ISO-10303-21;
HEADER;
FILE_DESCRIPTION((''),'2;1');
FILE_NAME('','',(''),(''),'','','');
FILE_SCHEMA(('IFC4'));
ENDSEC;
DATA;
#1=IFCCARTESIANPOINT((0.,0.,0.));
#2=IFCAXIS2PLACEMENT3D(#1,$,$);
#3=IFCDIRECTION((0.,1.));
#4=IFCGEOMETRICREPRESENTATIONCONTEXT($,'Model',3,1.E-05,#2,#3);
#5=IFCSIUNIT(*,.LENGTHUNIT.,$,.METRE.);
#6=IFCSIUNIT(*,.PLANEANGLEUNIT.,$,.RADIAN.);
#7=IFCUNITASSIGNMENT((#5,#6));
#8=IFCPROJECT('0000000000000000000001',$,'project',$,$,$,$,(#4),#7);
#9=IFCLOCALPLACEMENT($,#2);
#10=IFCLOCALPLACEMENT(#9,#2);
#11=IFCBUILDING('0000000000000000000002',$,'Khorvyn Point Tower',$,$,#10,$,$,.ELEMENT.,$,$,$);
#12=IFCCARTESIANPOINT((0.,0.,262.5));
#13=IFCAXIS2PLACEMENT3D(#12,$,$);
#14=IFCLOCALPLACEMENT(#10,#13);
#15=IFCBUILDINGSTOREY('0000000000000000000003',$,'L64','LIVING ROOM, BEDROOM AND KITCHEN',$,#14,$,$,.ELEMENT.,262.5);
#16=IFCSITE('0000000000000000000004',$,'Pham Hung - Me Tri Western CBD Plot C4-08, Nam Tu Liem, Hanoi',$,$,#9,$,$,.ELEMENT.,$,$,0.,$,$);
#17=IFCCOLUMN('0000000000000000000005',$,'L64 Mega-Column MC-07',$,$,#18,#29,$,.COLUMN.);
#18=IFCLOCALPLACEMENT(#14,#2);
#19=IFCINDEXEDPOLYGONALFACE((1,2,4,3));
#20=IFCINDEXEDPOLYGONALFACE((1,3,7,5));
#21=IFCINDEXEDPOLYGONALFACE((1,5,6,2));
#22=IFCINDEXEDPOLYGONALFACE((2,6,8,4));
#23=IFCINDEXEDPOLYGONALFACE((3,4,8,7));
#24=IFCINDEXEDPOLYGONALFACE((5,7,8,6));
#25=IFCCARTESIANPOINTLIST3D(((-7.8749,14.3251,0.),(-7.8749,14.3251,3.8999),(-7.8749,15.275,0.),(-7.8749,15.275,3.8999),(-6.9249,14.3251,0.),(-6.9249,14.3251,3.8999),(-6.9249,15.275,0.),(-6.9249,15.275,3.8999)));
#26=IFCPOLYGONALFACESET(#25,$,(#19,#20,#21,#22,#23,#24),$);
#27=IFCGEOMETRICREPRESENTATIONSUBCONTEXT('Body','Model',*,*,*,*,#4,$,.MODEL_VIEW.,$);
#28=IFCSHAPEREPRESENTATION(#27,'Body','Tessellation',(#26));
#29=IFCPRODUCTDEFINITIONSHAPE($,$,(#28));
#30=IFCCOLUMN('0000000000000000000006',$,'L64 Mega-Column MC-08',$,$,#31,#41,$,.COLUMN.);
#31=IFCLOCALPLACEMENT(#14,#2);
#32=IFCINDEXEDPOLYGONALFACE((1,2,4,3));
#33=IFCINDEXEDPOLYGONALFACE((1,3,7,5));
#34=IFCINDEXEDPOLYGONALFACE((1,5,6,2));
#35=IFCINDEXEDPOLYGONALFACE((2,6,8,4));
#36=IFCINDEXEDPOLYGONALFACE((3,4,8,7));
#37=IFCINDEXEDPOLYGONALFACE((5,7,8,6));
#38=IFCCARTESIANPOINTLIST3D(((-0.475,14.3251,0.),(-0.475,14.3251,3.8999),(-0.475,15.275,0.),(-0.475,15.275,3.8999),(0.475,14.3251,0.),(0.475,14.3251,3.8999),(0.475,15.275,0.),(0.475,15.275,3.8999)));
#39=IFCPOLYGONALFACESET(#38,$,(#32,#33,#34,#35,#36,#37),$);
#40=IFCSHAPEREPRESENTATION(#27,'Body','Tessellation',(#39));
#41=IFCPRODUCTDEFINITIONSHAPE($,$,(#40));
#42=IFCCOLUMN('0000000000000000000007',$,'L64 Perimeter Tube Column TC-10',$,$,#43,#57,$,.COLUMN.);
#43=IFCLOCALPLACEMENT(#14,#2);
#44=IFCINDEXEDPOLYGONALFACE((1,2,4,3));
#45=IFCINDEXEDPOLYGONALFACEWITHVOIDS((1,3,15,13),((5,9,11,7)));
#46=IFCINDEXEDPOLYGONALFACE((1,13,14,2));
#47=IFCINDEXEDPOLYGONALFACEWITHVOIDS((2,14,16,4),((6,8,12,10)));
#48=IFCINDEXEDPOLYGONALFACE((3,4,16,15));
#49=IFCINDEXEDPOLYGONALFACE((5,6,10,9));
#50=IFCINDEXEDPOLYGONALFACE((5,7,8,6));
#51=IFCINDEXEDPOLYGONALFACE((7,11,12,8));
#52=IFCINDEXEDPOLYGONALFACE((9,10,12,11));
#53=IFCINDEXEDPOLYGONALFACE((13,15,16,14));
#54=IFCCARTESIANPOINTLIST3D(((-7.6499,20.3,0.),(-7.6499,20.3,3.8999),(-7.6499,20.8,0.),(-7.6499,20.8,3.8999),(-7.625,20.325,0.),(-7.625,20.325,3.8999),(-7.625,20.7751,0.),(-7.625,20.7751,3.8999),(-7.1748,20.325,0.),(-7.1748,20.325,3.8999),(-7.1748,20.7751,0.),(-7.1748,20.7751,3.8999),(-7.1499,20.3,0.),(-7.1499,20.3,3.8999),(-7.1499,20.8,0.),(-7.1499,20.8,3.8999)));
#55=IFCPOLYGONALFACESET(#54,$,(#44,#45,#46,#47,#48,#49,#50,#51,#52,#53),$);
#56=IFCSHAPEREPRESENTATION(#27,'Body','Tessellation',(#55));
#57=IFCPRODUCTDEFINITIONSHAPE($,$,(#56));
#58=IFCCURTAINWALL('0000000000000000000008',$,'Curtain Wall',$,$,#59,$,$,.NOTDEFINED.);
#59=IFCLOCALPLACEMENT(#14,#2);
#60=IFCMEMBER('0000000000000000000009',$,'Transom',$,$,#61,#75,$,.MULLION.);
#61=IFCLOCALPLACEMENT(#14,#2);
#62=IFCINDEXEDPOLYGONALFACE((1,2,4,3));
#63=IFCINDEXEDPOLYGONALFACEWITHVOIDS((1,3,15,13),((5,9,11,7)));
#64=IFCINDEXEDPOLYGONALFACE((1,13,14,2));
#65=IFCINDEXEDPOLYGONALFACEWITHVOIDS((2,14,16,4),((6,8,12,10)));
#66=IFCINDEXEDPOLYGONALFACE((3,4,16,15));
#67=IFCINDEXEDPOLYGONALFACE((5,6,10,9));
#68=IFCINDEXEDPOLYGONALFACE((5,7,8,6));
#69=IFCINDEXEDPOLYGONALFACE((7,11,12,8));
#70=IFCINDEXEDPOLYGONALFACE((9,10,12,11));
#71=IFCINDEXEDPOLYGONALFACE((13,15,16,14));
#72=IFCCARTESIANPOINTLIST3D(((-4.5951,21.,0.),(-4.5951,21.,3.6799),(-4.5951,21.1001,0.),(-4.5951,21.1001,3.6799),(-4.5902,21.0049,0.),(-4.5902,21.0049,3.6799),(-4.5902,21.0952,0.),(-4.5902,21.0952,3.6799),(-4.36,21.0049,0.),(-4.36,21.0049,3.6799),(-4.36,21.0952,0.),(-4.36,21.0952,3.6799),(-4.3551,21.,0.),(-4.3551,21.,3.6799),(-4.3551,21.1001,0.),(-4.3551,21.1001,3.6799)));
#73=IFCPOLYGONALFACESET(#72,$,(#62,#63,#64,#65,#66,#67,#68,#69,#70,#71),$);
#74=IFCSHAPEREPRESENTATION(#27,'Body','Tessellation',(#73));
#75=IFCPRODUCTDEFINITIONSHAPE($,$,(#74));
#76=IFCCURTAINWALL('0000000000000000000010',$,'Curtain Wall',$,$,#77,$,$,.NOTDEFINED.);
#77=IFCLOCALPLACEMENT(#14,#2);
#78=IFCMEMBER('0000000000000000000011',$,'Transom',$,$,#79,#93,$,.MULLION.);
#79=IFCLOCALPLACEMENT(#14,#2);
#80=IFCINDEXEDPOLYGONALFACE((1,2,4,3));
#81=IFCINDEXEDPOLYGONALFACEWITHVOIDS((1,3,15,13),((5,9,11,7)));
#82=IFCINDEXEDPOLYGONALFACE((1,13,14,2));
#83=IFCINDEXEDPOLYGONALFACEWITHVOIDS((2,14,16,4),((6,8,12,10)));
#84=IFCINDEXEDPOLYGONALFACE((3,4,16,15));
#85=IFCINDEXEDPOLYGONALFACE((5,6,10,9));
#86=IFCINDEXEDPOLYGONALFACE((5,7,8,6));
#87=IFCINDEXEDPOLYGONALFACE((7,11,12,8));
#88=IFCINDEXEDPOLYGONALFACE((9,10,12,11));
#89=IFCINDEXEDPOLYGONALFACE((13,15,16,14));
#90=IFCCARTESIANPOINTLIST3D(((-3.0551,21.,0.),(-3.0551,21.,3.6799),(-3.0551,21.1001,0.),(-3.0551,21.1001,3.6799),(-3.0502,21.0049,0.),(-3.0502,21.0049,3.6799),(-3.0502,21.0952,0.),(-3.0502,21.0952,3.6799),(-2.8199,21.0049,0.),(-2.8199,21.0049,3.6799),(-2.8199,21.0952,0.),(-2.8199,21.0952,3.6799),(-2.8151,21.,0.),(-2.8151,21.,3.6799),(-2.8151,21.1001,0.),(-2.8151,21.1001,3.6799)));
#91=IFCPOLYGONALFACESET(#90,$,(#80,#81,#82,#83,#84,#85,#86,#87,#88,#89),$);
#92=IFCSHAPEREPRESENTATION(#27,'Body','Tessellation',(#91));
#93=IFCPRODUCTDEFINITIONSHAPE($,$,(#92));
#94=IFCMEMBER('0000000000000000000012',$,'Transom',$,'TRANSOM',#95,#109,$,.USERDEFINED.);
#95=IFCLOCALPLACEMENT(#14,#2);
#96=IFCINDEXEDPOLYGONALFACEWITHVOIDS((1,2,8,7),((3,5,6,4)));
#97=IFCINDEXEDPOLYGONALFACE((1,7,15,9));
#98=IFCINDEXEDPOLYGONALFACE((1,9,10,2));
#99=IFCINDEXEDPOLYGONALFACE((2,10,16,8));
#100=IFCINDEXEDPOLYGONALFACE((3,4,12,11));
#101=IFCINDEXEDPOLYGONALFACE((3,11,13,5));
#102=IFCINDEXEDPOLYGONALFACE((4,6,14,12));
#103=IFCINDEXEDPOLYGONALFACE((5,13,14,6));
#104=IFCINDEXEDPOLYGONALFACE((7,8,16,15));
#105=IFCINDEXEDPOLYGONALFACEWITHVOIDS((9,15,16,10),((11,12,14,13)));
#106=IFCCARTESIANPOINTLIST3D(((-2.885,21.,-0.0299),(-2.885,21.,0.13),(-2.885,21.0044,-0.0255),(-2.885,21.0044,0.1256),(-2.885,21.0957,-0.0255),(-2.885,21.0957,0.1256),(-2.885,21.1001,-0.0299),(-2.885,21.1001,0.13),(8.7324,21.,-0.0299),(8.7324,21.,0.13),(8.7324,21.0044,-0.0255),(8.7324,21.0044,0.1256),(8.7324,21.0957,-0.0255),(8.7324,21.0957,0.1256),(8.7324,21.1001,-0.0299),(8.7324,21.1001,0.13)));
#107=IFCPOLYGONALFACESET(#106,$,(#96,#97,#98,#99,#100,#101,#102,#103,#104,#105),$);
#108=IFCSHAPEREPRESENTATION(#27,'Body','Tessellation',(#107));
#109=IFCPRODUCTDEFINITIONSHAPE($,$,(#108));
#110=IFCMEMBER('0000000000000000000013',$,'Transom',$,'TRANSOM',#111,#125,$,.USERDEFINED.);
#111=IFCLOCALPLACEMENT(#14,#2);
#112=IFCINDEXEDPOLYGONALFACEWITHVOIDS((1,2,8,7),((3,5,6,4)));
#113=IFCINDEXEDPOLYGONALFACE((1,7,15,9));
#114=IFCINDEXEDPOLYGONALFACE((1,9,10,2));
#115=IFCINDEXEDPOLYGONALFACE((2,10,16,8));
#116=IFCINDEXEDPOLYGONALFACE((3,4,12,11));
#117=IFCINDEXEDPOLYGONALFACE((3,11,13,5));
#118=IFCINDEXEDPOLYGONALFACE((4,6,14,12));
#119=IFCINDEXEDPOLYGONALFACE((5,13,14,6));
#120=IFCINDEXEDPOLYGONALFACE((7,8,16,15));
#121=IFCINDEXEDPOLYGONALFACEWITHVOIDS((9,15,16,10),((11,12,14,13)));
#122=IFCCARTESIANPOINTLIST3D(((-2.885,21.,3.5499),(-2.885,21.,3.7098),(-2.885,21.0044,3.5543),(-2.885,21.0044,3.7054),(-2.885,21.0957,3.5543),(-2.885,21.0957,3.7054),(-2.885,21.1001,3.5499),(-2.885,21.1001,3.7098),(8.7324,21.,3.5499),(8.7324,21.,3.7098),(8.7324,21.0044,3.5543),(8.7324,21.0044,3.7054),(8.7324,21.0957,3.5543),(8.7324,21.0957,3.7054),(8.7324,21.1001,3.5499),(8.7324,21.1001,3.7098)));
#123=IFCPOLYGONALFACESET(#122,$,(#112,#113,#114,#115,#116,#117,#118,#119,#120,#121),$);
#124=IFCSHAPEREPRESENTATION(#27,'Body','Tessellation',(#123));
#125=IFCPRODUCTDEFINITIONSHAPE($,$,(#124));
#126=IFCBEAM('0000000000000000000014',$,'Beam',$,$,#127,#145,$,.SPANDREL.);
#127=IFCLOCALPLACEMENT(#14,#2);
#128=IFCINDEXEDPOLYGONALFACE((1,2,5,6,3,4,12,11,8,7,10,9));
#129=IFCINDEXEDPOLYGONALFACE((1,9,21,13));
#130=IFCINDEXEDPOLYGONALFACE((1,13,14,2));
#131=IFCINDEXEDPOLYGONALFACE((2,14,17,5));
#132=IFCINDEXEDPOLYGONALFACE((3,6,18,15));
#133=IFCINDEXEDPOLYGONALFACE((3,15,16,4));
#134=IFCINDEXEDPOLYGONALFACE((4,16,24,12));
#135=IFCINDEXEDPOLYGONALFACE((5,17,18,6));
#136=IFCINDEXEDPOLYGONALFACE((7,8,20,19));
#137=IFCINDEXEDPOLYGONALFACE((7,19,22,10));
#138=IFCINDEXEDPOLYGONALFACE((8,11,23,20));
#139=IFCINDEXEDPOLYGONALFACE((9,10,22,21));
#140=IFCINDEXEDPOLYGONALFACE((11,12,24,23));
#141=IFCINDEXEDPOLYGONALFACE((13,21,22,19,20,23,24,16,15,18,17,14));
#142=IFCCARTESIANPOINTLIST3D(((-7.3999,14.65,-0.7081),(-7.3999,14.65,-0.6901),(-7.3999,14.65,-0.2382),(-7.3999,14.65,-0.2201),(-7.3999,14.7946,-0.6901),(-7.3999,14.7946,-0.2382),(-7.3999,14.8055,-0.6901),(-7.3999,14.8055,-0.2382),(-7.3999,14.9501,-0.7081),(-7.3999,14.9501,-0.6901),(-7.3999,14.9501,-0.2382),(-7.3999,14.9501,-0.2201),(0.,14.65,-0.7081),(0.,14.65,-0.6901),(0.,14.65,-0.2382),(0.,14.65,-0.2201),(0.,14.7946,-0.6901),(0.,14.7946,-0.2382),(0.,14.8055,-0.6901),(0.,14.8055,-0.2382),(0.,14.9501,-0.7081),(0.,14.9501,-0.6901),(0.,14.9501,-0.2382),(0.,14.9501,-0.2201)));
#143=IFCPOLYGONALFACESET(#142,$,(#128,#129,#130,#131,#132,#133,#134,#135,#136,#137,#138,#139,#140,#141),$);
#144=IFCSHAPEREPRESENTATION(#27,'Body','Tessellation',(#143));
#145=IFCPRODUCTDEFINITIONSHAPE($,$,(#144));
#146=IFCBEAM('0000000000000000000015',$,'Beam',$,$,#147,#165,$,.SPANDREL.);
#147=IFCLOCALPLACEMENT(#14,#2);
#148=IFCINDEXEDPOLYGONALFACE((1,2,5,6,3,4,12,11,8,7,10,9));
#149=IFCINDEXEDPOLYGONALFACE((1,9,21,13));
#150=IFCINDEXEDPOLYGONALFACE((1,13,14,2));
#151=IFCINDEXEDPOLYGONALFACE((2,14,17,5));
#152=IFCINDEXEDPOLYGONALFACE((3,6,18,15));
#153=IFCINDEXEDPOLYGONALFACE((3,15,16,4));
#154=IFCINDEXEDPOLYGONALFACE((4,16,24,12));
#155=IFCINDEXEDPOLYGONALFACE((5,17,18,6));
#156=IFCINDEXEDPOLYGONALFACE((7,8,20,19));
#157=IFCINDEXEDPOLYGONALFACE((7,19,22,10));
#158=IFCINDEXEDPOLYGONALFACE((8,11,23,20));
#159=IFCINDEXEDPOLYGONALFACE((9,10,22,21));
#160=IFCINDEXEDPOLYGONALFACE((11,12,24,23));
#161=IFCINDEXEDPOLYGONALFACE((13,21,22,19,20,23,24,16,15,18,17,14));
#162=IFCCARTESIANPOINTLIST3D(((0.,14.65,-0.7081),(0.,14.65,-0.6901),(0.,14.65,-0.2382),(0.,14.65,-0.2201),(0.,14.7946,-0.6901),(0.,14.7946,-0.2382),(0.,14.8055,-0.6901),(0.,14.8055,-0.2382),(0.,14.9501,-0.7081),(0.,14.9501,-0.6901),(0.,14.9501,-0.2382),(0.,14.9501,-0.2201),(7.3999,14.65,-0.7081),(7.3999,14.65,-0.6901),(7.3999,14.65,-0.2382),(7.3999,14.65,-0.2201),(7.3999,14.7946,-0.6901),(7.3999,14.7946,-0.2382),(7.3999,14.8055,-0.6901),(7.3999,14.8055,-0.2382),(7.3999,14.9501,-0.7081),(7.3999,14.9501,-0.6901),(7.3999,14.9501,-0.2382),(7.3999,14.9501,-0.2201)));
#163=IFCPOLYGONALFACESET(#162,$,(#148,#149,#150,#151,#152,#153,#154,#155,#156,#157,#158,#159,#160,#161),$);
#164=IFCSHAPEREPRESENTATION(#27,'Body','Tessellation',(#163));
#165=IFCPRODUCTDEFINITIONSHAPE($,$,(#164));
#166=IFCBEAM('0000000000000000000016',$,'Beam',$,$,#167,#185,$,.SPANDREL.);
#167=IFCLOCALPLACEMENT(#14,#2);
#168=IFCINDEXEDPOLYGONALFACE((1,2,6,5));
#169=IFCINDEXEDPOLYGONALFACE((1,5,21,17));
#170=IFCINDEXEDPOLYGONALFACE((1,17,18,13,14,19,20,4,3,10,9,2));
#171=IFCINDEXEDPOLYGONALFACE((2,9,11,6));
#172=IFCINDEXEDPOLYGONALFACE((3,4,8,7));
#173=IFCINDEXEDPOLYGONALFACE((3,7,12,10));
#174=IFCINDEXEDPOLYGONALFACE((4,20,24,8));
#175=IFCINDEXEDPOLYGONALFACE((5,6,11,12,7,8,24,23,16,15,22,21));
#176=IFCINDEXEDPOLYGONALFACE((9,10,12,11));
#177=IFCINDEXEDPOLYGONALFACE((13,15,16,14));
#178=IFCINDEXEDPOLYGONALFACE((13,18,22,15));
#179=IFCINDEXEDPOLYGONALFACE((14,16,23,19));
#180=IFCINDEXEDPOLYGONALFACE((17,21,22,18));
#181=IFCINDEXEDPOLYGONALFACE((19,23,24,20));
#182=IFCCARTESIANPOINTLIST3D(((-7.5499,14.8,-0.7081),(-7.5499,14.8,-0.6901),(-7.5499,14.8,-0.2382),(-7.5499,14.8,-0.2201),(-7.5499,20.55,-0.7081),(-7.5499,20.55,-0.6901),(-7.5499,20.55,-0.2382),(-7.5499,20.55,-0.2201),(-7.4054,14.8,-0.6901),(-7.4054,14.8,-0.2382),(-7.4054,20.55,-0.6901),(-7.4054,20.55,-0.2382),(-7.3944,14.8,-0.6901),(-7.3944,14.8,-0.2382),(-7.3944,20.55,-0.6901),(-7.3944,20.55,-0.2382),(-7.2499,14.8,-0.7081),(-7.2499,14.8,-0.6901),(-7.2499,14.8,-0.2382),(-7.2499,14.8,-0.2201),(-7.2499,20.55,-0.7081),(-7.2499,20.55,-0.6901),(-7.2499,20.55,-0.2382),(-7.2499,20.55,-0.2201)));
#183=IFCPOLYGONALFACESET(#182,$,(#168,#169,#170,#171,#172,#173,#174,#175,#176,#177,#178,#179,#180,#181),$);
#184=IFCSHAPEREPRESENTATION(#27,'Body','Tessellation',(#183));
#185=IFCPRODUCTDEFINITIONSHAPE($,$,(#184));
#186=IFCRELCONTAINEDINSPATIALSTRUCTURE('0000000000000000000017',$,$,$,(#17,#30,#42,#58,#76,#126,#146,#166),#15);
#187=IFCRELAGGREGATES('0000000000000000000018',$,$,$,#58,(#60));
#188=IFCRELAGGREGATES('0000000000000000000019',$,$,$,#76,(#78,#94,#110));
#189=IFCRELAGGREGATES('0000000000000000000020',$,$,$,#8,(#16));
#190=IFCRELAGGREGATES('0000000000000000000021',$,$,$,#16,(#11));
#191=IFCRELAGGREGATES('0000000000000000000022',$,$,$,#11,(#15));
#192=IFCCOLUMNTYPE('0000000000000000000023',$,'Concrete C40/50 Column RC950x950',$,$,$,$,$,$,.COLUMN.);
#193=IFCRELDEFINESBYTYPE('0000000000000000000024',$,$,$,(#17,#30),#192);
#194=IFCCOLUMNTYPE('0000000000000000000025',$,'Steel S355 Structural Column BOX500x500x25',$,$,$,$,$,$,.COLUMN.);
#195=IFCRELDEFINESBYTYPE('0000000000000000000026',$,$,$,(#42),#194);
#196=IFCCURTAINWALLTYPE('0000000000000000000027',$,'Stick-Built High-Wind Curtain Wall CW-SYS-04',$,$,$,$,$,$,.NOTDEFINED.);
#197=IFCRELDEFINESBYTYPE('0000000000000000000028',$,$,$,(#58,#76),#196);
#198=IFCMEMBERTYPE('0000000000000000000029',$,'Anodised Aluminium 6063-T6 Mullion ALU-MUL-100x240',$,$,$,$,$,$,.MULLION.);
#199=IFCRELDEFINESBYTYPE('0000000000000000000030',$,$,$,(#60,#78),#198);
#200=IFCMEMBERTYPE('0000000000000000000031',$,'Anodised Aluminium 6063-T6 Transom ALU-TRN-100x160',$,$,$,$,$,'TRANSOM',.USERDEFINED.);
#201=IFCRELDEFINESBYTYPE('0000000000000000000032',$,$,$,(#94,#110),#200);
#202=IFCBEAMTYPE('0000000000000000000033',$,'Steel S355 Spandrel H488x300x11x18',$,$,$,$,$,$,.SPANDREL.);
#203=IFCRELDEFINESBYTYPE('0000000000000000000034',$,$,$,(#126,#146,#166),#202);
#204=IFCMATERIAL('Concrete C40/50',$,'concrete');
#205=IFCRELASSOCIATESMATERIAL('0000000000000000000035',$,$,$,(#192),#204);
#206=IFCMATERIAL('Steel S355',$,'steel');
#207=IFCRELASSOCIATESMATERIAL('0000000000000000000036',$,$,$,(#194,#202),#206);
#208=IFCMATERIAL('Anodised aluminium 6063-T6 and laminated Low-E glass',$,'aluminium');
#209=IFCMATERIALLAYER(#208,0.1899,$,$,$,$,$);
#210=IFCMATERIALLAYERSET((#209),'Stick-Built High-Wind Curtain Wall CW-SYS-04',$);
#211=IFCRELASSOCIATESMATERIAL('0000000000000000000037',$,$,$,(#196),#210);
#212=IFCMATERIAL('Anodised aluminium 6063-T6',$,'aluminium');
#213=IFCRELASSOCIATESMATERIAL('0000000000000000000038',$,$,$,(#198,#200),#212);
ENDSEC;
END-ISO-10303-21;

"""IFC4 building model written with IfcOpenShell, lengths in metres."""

from ifc_helpers import new_model, si_unit, direction, frame, origin, origin_2d, place, context, subcontext, project, spatial, rectangle, hollow_rectangle, i_section, extrude, material, layer, layer_set, material_profile, profile_set, type_object, element, aggregate, save


model = new_model("IFC4")

# Units and contexts
model_context = context("Model", 3, precision=1e-05, world=origin(), true_north=direction((0.0, 1.0)))
body_context = subcontext(model_context, "Body", "Model", "MODEL_VIEW")
ifc_project = project(units=[si_unit("LENGTHUNIT", "METRE"), si_unit("PLANEANGLEUNIT", "RADIAN")], contexts=[model_context])

# Site, building, storey
site_placement = place(None, origin())
site = spatial("IfcSite", under=ifc_project, at=site_placement, Name="Pham Hung - Me Tri Western CBD Plot C4-08, Nam Tu Liem, Hanoi", CompositionType="ELEMENT", RefElevation=0.0)
building_placement = place(site_placement, origin())
building = spatial("IfcBuilding", under=site, at=building_placement, Name="Khorvyn Point Tower", CompositionType="ELEMENT")
storey_placement = place(building_placement, frame((0.0, 0.0, 262.5)))
storey = spatial("IfcBuildingStorey", under=building, at=storey_placement, Name="L64", Description="LIVING ROOM, BEDROOM AND KITCHEN", CompositionType="ELEMENT", Elevation=262.5)

# Columns
ifc_material_1 = material(Name="Concrete C40/50", Category="concrete")
ifc_material_profile_1 = material_profile(ifc_material_1, rectangle(XDim=0.95, YDim=0.95, at=origin_2d()))
ifc_profile_set_1 = profile_set([ifc_material_profile_1], Name="Concrete C40/50 RC950x950")
column_type_1 = type_object("IfcColumnType", Name="Concrete C40/50 Column RC950x950", PredefinedType="COLUMN", material=ifc_profile_set_1)
for number, where, z_axis, x_axis, name in (
    (1, (-7.3999, 14.8, 0.0), (0.0, 0.0, 1.0), (1.0, 0.0, 0.0), "L64 Mega-Column MC-07"),
    (2, (0.0, 14.8, 0.0), (0.0, 0.0, 1.0), (1.0, 0.0, 0.0), "L64 Mega-Column MC-08"),
):
    element("IfcColumn", number, at=place(storey_placement, frame(where, z_axis=z_axis, x_axis=x_axis)), inside=storey, type_object=column_type_1, Name=name, PredefinedType="COLUMN", context=body_context, shape_type="SweptSolid", body=[
        extrude(rectangle(XDim=0.95, YDim=0.95, at=origin_2d()), origin(), (0.0, 0.0, 1.0), 3.8999),
    ])
ifc_material_2 = material(Name="Steel S355", Category="steel")
ifc_material_profile_2 = material_profile(ifc_material_2, hollow_rectangle(XDim=0.5, YDim=0.5, WallThickness=0.0249, at=origin_2d()))
ifc_profile_set_2 = profile_set([ifc_material_profile_2], Name="Steel S355 BOX500x500x25")
column_type_2 = type_object("IfcColumnType", Name="Steel S355 Structural Column BOX500x500x25", PredefinedType="COLUMN", material=ifc_profile_set_2)
column_placement = place(storey_placement, frame((-7.3999, 20.55, 0.0), z_axis=(0.0, 0.0, 1.0), x_axis=(1.0, 0.0, 0.0)))
element("IfcColumn", 3, at=column_placement, inside=storey, type_object=column_type_2, Name="L64 Perimeter Tube Column TC-10", PredefinedType="COLUMN", context=body_context, shape_type="SweptSolid", body=[
    extrude(hollow_rectangle(XDim=0.5, YDim=0.5, WallThickness=0.0249, at=origin_2d()), origin(), (0.0, 0.0, 1.0), 3.8999),
])

# Curtain wall, member
ifc_material_3 = material(Name="Anodised aluminium 6063-T6 and laminated Low-E glass", Category="aluminium")
ifc_layer_1 = layer(ifc_material_3, 0.1899)
ifc_layer_set_1 = layer_set([ifc_layer_1], Name="Stick-Built High-Wind Curtain Wall CW-SYS-04")
curtain_wall_type = type_object("IfcCurtainWallType", Name="Stick-Built High-Wind Curtain Wall CW-SYS-04", PredefinedType="NOTDEFINED", material=ifc_layer_set_1)
curtain_wall_1_placement = place(storey_placement, origin())
curtain_wall_1 = element("IfcCurtainWall", 4, at=curtain_wall_1_placement, inside=storey, type_object=curtain_wall_type, Name="Curtain Wall", PredefinedType="NOTDEFINED")
ifc_material_4 = material(Name="Anodised aluminium 6063-T6", Category="aluminium")
ifc_material_profile_3 = material_profile(ifc_material_4, hollow_rectangle(XDim=0.1001, YDim=0.24, WallThickness=0.0049, at=origin_2d()))
ifc_profile_set_3 = profile_set([ifc_material_profile_3], Name="Anodised aluminium 6063-T6 ALU-MUL-100x240")
member_type_1 = type_object("IfcMemberType", Name="Anodised Aluminium 6063-T6 Mullion ALU-MUL-100x240", PredefinedType="MULLION", material=ifc_profile_set_3)
member_1_placement = place(storey_placement, frame((-4.4751, 21.05, 0.0), z_axis=(0.0, 0.0, 1.0), x_axis=(0.0, 1.0, 0.0)))
member_1 = element("IfcMember", 5, at=member_1_placement, type_object=member_type_1, Name="Transom", PredefinedType="MULLION", context=body_context, shape_type="SweptSolid", body=[
    extrude(hollow_rectangle(XDim=0.1001, YDim=0.24, WallThickness=0.0049, at=origin_2d()), origin(), (0.0, 0.0, 1.0), 3.6799),
])

# Curtain wall, members
curtain_wall_2_placement = place(storey_placement, origin())
curtain_wall_2 = element("IfcCurtainWall", 6, at=curtain_wall_2_placement, inside=storey, type_object=curtain_wall_type, Name="Curtain Wall", PredefinedType="NOTDEFINED")
member_2_placement = place(storey_placement, frame((-2.9351, 21.05, 0.0), z_axis=(0.0, 0.0, 1.0), x_axis=(0.0, 1.0, 0.0)))
member_2 = element("IfcMember", 7, at=member_2_placement, type_object=member_type_1, Name="Transom", PredefinedType="MULLION", context=body_context, shape_type="SweptSolid", body=[
    extrude(hollow_rectangle(XDim=0.1001, YDim=0.24, WallThickness=0.0049, at=origin_2d()), origin(), (0.0, 0.0, 1.0), 3.6799),
])
ifc_material_profile_4 = material_profile(ifc_material_4, hollow_rectangle(XDim=0.1001, YDim=0.1599, WallThickness=0.0044, at=origin_2d()))
ifc_profile_set_4 = profile_set([ifc_material_profile_4], Name="Anodised aluminium 6063-T6 ALU-TRN-100x160")
member_type_2 = type_object("IfcMemberType", Name="Anodised Aluminium 6063-T6 Transom ALU-TRN-100x160", ElementType="TRANSOM", PredefinedType="USERDEFINED", material=ifc_profile_set_4)
member_3_placement = place(storey_placement, frame((-2.885, 21.05, 0.05), z_axis=(1.0, 0.0, 0.0), x_axis=(0.0, 1.0, 0.0)))
member_3 = element("IfcMember", 8, at=member_3_placement, type_object=member_type_2, Name="Transom", ObjectType="TRANSOM", PredefinedType="USERDEFINED", context=body_context, shape_type="SweptSolid", body=[
    extrude(hollow_rectangle(XDim=0.1001, YDim=0.1599, WallThickness=0.0044, at=origin_2d()), origin(), (0.0, 0.0, 1.0), 11.6174),
])
member_4_placement = place(storey_placement, frame((-2.885, 21.05, 3.6299), z_axis=(1.0, 0.0, 0.0), x_axis=(0.0, 1.0, 0.0)))
member_4 = element("IfcMember", 9, at=member_4_placement, type_object=member_type_2, Name="Transom", ObjectType="TRANSOM", PredefinedType="USERDEFINED", context=body_context, shape_type="SweptSolid", body=[
    extrude(hollow_rectangle(XDim=0.1001, YDim=0.1599, WallThickness=0.0044, at=origin_2d()), origin(), (0.0, 0.0, 1.0), 11.6174),
])

# Beams
ifc_material_profile_5 = material_profile(ifc_material_2, i_section(OverallWidth=0.3, OverallDepth=0.488, WebThickness=0.011, FlangeThickness=0.0181, at=origin_2d()))
ifc_profile_set_5 = profile_set([ifc_material_profile_5], Name="Steel S355 H488x300x11x18")
beam_type_1 = type_object("IfcBeamType", Name="Steel S355 Spandrel H488x300x11x18", PredefinedType="SPANDREL", material=ifc_profile_set_5)
for number, where, z_axis, x_axis, name in (
    (10, (-7.3999, 14.8, -0.4641), (1.0, 0.0, 0.0), (0.0, 1.0, 0.0), "Beam"),
    (11, (0.0, 14.8, -0.4641), (1.0, 0.0, 0.0), (0.0, 1.0, 0.0), "Beam"),
):
    element("IfcBeam", number, at=place(storey_placement, frame(where, z_axis=z_axis, x_axis=x_axis)), inside=storey, type_object=beam_type_1, Name=name, PredefinedType="SPANDREL", context=body_context, shape_type="SweptSolid", body=[
        extrude(i_section(OverallWidth=0.3, OverallDepth=0.488, WebThickness=0.011, FlangeThickness=0.0181, at=origin_2d()), origin(), (0.0, 0.0, 1.0), 7.3999),
    ])
beam_1_placement = place(storey_placement, frame((-7.3999, 14.8, -0.4641), z_axis=(0.0, 1.0, 0.0), x_axis=(-1.0, 0.0, 0.0)))
element("IfcBeam", 12, at=beam_1_placement, inside=storey, type_object=beam_type_1, Name="Beam", PredefinedType="SPANDREL", context=body_context, shape_type="SweptSolid", body=[
    extrude(i_section(OverallWidth=0.3, OverallDepth=0.488, WebThickness=0.011, FlangeThickness=0.0181, at=origin_2d()), origin(), (0.0, 0.0, 1.0), 5.75),
])

aggregate(curtain_wall_1, [member_1])
aggregate(curtain_wall_2, [member_2, member_3, member_4])

save(model, "model.ifc")
